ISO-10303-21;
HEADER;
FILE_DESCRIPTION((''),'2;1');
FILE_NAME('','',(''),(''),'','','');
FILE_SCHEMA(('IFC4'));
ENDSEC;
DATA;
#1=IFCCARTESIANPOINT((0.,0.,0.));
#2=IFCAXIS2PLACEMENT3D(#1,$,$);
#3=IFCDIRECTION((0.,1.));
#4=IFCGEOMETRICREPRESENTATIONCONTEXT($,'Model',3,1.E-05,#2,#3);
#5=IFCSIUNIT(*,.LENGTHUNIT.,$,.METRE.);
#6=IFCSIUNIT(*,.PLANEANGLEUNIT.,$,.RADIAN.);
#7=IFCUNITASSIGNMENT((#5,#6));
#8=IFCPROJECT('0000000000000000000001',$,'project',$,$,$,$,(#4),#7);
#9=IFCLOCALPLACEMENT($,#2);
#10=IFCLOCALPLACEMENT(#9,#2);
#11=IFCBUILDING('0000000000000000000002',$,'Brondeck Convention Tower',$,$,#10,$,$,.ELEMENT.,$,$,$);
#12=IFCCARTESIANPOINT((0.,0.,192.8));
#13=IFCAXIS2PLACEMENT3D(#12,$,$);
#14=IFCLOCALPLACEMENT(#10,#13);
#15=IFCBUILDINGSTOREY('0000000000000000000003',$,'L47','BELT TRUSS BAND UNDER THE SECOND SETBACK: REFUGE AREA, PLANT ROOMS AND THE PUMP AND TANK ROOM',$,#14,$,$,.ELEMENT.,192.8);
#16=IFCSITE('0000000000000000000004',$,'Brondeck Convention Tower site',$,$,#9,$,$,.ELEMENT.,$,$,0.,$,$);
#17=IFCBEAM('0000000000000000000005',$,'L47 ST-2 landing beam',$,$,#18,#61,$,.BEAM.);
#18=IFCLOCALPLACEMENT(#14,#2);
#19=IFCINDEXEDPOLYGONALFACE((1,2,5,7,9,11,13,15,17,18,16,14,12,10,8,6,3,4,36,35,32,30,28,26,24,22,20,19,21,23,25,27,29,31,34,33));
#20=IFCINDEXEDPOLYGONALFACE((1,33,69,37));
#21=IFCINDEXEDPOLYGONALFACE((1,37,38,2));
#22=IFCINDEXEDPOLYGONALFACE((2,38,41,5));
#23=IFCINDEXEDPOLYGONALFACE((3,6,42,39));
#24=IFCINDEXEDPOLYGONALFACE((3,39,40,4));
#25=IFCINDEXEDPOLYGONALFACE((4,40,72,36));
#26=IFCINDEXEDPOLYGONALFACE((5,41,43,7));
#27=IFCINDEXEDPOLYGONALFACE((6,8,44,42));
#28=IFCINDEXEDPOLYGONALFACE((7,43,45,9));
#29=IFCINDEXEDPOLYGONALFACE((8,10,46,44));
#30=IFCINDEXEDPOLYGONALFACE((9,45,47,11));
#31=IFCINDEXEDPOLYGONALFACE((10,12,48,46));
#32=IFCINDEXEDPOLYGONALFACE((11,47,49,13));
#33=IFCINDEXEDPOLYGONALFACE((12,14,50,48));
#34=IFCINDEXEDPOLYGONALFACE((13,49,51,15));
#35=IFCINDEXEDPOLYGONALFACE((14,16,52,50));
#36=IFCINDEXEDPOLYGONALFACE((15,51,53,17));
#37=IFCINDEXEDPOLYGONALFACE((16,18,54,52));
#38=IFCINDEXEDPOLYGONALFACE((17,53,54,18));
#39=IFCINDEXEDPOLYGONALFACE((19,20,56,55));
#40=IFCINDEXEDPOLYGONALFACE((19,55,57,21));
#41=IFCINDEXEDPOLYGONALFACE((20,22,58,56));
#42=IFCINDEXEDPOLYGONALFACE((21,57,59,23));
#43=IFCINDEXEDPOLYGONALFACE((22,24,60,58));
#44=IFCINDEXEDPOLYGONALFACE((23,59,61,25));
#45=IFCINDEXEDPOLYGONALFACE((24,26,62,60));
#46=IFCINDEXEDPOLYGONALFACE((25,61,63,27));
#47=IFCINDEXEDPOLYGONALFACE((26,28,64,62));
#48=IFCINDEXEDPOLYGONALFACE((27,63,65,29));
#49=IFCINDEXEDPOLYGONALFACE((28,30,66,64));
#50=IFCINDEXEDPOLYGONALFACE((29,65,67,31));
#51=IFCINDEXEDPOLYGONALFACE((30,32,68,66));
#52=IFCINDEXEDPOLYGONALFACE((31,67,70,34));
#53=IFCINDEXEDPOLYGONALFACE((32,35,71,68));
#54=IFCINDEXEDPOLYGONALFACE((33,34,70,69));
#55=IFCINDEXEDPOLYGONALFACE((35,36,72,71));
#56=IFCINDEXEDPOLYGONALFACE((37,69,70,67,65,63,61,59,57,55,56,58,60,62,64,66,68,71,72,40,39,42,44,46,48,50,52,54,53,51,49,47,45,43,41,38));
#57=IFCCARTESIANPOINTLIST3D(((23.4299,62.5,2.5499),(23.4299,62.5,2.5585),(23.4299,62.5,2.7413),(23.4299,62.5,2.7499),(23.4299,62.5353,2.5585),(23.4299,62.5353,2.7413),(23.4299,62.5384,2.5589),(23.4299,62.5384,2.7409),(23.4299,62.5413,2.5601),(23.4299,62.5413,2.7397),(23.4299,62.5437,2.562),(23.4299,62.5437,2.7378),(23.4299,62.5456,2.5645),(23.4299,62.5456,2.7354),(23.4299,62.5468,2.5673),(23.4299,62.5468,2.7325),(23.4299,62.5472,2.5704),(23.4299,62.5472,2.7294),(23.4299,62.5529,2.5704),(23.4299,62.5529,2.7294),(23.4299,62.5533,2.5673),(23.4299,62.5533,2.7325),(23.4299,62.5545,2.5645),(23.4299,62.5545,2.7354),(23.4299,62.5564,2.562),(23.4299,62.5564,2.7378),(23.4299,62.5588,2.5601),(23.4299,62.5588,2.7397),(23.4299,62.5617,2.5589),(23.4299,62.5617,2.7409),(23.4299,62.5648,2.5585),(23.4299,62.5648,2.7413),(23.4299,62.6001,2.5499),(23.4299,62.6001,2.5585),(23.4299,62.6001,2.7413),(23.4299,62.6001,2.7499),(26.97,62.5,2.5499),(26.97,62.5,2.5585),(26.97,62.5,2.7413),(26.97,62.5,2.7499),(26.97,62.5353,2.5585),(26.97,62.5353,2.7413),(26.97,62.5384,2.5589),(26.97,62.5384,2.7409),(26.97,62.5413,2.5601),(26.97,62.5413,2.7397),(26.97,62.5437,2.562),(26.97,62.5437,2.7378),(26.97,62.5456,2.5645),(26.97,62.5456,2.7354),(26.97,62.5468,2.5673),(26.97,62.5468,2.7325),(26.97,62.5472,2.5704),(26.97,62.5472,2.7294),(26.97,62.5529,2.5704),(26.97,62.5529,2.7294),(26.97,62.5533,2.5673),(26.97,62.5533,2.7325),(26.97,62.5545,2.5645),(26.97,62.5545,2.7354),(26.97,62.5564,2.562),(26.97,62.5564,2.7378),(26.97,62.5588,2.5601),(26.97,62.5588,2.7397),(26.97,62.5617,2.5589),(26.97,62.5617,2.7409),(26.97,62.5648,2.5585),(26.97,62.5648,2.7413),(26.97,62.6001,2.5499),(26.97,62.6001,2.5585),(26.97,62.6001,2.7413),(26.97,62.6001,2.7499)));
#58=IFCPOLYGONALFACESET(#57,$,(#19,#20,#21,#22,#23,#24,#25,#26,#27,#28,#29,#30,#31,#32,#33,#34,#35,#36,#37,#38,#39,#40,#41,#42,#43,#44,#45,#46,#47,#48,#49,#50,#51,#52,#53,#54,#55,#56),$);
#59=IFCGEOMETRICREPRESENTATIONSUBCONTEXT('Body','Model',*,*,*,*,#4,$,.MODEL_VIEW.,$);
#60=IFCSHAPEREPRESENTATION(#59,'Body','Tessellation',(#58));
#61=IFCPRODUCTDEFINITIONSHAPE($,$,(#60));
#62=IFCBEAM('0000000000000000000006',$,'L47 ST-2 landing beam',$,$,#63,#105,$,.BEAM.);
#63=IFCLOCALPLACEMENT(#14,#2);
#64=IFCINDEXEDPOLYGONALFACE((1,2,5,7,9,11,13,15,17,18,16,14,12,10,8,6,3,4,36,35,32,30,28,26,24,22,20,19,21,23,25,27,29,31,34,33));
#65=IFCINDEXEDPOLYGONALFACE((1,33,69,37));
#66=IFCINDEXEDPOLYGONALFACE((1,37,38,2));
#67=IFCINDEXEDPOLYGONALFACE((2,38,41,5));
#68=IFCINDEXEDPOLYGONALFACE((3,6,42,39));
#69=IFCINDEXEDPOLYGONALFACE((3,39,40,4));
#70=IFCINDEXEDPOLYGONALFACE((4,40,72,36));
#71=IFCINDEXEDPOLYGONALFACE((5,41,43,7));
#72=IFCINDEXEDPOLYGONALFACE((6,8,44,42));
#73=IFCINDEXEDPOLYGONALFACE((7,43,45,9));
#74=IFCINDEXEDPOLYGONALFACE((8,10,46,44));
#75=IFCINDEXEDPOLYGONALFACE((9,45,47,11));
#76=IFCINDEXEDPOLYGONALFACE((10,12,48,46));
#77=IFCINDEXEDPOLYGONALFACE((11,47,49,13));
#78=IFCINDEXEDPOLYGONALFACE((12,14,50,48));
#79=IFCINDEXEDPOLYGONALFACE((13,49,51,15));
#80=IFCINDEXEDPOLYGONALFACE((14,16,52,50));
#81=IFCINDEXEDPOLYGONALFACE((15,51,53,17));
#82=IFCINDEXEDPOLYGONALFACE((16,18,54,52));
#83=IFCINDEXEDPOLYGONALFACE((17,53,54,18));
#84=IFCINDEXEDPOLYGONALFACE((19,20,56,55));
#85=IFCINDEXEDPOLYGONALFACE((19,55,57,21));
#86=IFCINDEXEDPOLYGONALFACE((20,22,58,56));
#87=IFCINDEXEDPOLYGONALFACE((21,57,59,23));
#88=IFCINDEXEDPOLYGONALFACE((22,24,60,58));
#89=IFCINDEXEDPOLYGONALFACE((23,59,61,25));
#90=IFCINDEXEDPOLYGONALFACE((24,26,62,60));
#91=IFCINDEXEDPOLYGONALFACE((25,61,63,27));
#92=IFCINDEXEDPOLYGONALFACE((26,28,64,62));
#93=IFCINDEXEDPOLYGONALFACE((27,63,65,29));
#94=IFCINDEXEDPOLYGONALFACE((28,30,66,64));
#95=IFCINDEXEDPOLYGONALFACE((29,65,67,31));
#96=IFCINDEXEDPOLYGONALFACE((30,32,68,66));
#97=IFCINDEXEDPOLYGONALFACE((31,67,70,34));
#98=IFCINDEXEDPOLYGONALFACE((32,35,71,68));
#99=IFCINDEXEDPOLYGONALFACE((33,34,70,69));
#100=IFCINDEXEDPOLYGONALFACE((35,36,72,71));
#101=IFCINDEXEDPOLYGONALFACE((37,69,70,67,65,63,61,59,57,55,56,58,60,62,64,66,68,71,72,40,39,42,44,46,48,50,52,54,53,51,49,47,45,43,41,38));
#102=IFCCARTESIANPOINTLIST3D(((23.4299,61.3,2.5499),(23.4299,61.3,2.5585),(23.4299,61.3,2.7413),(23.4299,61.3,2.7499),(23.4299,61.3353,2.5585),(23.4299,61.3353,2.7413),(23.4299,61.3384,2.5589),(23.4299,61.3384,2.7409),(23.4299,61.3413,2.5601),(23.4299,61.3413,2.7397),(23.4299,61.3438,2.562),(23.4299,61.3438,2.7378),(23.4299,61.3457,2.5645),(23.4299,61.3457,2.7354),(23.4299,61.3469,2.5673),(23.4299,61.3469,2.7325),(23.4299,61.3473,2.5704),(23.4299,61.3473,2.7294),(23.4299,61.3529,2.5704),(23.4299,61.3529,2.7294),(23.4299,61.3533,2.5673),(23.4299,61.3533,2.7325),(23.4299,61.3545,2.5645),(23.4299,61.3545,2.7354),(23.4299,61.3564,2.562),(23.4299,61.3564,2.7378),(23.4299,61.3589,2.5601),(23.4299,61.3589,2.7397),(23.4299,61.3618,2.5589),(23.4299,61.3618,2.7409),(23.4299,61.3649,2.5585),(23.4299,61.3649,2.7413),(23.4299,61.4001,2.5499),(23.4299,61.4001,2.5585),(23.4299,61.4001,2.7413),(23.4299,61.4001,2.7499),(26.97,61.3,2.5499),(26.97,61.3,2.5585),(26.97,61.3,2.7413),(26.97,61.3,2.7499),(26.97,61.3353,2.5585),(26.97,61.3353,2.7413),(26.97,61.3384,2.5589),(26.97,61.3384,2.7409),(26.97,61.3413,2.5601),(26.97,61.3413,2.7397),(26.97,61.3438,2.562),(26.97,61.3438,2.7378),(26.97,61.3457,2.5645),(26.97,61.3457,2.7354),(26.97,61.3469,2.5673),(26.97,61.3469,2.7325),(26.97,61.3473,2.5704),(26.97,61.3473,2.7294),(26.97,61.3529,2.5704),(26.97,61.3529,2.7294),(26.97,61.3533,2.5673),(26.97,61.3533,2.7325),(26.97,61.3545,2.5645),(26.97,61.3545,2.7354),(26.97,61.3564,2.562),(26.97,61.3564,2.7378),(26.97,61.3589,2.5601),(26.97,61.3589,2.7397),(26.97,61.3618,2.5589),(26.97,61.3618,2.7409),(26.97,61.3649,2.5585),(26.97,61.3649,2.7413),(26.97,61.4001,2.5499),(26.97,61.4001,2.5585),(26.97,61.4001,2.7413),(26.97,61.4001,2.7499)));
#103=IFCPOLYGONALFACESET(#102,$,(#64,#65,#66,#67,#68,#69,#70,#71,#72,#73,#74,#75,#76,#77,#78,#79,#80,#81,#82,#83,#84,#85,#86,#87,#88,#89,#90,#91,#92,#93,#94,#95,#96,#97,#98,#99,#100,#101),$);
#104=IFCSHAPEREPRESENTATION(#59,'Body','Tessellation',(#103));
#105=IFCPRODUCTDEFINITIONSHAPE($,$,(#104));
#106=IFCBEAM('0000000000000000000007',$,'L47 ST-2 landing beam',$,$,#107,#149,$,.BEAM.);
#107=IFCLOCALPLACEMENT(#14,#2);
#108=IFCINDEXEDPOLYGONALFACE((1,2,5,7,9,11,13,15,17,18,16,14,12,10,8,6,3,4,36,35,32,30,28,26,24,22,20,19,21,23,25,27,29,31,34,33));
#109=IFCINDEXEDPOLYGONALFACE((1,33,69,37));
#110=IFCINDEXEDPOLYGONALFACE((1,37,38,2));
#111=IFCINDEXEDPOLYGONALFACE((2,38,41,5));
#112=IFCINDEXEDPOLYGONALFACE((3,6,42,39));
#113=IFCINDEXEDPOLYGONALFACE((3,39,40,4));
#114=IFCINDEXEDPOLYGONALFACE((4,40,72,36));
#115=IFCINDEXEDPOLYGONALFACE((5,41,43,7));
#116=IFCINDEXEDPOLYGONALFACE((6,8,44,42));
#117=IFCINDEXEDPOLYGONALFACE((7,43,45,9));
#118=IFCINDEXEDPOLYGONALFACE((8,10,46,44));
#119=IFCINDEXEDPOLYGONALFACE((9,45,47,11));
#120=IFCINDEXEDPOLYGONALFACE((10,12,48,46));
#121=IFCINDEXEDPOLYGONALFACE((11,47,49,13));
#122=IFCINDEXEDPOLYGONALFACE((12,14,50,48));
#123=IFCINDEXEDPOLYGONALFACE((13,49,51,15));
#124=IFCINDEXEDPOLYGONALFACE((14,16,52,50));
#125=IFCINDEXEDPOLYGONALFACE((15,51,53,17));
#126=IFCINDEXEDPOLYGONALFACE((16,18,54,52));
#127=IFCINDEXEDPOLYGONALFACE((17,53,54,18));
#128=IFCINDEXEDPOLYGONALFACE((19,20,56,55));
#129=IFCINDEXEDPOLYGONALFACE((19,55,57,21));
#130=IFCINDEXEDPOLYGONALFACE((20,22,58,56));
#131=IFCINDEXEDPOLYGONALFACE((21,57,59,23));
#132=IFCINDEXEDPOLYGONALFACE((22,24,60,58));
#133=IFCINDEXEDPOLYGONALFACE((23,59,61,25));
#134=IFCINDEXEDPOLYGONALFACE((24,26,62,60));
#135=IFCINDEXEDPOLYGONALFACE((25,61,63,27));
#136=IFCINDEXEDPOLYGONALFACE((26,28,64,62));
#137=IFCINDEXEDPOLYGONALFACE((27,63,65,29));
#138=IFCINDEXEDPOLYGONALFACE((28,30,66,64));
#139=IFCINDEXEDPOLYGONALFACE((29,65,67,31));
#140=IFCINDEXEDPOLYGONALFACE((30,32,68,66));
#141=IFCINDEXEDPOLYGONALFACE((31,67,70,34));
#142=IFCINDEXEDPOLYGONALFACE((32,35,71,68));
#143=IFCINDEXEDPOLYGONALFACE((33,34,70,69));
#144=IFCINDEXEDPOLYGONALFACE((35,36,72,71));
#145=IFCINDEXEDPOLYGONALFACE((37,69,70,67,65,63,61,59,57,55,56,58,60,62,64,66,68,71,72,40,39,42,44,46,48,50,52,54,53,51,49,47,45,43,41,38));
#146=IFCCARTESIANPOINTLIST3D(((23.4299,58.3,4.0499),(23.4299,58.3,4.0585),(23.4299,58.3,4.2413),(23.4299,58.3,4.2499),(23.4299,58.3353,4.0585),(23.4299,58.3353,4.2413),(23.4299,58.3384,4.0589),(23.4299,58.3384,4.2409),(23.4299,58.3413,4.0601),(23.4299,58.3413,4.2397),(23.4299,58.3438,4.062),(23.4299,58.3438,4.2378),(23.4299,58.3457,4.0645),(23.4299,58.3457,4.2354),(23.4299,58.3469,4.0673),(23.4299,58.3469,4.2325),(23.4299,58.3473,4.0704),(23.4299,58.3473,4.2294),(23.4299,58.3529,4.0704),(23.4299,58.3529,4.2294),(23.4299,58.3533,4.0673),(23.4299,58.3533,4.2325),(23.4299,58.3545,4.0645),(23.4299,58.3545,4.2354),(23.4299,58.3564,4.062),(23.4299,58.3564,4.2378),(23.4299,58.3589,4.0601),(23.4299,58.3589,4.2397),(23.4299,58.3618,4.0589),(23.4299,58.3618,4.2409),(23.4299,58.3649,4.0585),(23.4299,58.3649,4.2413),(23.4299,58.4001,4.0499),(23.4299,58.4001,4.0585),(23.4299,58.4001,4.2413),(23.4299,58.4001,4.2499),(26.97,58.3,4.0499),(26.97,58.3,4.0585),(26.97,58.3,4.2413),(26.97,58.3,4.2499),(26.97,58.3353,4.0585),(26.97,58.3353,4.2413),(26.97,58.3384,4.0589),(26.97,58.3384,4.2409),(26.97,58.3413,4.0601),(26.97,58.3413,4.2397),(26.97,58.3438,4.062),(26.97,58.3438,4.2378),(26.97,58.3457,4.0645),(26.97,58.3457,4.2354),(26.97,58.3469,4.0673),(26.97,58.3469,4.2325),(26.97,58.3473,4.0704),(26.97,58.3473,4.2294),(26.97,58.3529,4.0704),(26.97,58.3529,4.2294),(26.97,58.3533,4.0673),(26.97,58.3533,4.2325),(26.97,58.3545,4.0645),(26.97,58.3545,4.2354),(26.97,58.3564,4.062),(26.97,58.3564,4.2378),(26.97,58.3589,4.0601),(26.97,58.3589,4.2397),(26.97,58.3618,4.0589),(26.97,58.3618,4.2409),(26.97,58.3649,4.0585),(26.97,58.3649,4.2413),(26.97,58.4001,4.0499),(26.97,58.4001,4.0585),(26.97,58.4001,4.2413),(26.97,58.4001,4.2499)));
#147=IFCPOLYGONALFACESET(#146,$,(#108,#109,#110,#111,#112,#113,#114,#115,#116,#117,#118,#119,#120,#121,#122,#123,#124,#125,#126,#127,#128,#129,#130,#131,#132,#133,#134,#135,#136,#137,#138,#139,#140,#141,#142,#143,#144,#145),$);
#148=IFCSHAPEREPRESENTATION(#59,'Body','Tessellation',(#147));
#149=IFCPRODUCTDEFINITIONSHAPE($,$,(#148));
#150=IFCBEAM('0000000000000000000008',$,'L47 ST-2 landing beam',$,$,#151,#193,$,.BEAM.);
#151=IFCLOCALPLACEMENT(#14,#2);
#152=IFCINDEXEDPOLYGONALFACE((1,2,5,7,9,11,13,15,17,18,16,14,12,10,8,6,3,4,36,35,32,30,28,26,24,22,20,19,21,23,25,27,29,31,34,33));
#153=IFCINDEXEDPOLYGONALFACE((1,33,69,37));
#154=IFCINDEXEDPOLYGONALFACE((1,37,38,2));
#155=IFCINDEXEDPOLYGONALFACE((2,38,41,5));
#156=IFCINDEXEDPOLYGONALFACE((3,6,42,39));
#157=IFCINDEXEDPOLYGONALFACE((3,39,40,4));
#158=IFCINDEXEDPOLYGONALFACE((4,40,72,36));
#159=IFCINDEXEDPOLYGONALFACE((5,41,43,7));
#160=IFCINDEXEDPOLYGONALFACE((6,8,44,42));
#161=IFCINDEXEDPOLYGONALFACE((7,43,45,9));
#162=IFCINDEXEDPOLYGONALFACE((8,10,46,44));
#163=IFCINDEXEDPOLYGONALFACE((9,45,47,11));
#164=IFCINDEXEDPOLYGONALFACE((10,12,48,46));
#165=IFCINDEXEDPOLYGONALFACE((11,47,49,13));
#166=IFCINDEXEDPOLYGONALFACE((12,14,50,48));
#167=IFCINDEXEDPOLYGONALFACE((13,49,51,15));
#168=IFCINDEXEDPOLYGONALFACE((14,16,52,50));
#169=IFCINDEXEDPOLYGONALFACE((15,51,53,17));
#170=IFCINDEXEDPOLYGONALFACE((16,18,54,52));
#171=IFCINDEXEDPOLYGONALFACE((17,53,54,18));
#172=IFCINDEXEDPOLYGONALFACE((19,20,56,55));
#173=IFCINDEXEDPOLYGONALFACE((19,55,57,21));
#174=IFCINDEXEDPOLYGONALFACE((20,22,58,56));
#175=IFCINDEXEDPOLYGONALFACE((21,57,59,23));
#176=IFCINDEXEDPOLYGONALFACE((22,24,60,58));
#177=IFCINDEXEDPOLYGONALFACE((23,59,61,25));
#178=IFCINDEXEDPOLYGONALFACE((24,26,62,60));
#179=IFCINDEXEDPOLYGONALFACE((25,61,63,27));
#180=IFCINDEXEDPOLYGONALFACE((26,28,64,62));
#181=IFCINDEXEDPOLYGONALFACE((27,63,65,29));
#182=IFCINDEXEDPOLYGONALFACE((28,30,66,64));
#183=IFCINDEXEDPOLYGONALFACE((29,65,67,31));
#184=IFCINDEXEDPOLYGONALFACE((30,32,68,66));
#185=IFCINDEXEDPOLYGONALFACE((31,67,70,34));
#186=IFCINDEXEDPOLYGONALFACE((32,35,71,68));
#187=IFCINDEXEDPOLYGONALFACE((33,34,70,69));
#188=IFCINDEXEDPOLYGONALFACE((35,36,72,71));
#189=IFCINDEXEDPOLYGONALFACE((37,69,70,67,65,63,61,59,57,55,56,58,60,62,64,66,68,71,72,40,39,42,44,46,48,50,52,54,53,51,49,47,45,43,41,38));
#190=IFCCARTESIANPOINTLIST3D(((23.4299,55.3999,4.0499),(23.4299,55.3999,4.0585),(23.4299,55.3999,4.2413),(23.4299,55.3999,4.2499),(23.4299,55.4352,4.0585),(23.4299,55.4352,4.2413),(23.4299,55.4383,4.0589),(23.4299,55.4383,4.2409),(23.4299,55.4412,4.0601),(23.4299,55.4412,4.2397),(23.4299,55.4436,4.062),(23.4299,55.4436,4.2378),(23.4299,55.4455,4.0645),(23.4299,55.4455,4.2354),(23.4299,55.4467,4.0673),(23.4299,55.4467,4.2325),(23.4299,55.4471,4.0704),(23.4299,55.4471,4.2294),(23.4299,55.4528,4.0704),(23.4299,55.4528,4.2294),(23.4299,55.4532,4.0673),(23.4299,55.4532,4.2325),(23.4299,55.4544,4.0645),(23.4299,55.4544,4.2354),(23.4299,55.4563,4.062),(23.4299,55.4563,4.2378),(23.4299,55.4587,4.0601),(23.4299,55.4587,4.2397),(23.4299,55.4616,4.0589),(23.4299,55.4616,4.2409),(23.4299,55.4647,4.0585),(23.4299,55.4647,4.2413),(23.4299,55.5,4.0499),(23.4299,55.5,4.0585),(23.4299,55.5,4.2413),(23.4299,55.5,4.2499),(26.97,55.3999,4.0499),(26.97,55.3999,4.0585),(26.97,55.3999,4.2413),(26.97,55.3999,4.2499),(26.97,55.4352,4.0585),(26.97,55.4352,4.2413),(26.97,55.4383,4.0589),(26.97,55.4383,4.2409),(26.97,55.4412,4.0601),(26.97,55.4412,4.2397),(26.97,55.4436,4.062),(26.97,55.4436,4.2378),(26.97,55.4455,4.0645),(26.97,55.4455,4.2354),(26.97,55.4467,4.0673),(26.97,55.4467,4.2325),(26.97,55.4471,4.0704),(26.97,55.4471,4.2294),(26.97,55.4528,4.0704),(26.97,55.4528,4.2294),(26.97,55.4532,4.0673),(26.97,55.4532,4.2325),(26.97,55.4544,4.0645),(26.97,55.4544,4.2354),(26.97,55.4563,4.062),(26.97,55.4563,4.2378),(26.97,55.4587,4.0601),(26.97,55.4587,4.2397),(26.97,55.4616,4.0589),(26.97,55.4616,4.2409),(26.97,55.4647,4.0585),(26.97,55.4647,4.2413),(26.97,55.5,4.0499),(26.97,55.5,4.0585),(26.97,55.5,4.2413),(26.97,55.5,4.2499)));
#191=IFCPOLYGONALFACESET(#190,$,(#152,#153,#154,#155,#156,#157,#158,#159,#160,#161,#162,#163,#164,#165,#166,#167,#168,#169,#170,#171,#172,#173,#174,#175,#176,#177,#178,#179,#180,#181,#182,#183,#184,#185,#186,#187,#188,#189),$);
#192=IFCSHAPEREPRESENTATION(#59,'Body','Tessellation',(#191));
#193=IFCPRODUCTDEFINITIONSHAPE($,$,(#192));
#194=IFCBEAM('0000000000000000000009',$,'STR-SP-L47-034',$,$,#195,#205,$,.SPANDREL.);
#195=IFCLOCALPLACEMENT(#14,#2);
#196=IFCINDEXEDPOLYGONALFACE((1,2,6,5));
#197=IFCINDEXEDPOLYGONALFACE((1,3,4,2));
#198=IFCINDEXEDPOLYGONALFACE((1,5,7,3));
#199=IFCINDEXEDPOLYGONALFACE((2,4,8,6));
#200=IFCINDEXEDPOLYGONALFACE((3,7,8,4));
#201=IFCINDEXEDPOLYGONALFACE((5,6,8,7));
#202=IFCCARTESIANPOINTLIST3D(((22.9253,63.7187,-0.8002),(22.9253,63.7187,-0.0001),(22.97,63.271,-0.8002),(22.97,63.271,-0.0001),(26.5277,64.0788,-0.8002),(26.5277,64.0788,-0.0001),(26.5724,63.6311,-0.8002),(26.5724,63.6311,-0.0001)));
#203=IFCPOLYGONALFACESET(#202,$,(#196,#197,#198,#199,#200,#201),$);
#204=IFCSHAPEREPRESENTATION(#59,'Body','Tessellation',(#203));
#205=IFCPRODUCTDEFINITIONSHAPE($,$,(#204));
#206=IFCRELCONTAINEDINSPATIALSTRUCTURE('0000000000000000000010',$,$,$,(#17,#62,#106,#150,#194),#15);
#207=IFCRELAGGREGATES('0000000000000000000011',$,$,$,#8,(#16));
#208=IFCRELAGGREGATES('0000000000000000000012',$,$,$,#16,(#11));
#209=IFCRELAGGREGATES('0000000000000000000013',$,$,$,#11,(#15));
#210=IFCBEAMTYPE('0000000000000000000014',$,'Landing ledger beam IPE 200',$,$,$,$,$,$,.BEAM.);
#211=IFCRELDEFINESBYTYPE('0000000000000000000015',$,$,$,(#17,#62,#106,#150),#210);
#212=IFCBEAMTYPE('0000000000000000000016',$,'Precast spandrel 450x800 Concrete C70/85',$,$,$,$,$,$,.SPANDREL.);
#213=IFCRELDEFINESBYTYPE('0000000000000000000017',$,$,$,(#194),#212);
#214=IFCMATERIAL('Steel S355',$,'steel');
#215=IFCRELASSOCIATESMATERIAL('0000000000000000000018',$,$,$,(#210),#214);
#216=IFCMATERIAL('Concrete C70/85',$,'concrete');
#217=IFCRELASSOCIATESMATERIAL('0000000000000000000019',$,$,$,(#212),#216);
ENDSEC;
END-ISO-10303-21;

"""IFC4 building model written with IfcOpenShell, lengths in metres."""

from ifc_helpers import new_model, si_unit, direction, frame, origin, origin_2d, place, context, subcontext, project, spatial, rectangle, i_section, extrude, material, material_profile, profile_set, type_object, element, save


model = new_model("IFC4")

# Units and contexts
model_context = context("Model", 3, precision=1e-05, world=origin(), true_north=direction((0.0, 1.0)))
body_context = subcontext(model_context, "Body", "Model", "MODEL_VIEW")
ifc_project = project(units=[si_unit("LENGTHUNIT", "METRE"), si_unit("PLANEANGLEUNIT", "RADIAN")], contexts=[model_context])

# Site, building, storey
site_placement = place(None, origin())
site = spatial("IfcSite", under=ifc_project, at=site_placement, Name="Brondeck Convention Tower site", CompositionType="ELEMENT", RefElevation=0.0)
building_placement = place(site_placement, origin())
building = spatial("IfcBuilding", under=site, at=building_placement, Name="Brondeck Convention Tower", CompositionType="ELEMENT")
storey_placement = place(building_placement, frame((0.0, 0.0, 192.8)))
storey = spatial("IfcBuildingStorey", under=building, at=storey_placement, Name="L47", Description="BELT TRUSS BAND UNDER THE SECOND SETBACK: REFUGE AREA, PLANT ROOMS AND THE PUMP AND TANK ROOM", CompositionType="ELEMENT", Elevation=192.8)

# Shared definitions
ifc_material_1 = material(Name="Concrete C70/85", Category="concrete")

# Beams
ifc_material_2 = material(Name="Steel S355", Category="steel")
ifc_material_profile_1 = material_profile(ifc_material_2, i_section(OverallWidth=0.1001, OverallDepth=0.2, WebThickness=0.0056, FlangeThickness=0.0085, FilletRadius=0.012, at=origin_2d()), Name="IPE200")
ifc_profile_set_1 = profile_set([ifc_material_profile_1], Name="Steel S355")
beam_type_1 = type_object("IfcBeamType", Name="Landing ledger beam IPE 200", PredefinedType="BEAM", material=ifc_profile_set_1)
for number, where, z_axis, x_axis, name in (
    (1, (23.4299, 62.55, 2.6499), (1.0, 0.0, 0.0), (0.0, 1.0, 0.0), "L47 ST-2 landing beam"),
    (2, (23.4299, 61.3501, 2.6499), (1.0, 0.0, 0.0), (0.0, 1.0, 0.0), "L47 ST-2 landing beam"),
    (3, (23.4299, 58.3501, 4.1499), (1.0, 0.0, 0.0), (0.0, 1.0, 0.0), "L47 ST-2 landing beam"),
    (4, (23.4299, 55.45, 4.1499), (1.0, 0.0, 0.0), (0.0, 1.0, 0.0), "L47 ST-2 landing beam"),
):
    element("IfcBeam", number, at=place(storey_placement, frame(where, z_axis=z_axis, x_axis=x_axis)), inside=storey, type_object=beam_type_1, Name=name, PredefinedType="BEAM", context=body_context, shape_type="SweptSolid", body=[
        extrude(i_section(OverallWidth=0.1001, OverallDepth=0.2, WebThickness=0.0056, FlangeThickness=0.0085, FilletRadius=0.012, at=origin_2d()), origin(), (0.0, 0.0, 1.0), 3.54),
    ])
ifc_material_profile_2 = material_profile(ifc_material_1, rectangle(XDim=0.45, YDim=0.8, at=origin_2d()), Name="Precast spandrel 450x800 Concrete C70/85")
ifc_profile_set_2 = profile_set([ifc_material_profile_2], Name="Concrete C70/85")
beam_type_2 = type_object("IfcBeamType", Name="Precast spandrel 450x800 Concrete C70/85", PredefinedType="SPANDREL", material=ifc_profile_set_2)
beam_placement = place(storey_placement, frame((26.55, 63.855, -0.4001), z_axis=(-0.995041, -0.09947, 0.0), x_axis=(0.09947, -0.995041, 0.0)))
element("IfcBeam", 5, at=beam_placement, inside=storey, type_object=beam_type_2, Name="STR-SP-L47-034", PredefinedType="SPANDREL", context=body_context, shape_type="SweptSolid", body=[
    extrude(rectangle(XDim=0.45, YDim=0.8, at=origin_2d()), origin(), (0.0, 0.0, 1.0), 3.6204),
])

save(model, "model.ifc")
